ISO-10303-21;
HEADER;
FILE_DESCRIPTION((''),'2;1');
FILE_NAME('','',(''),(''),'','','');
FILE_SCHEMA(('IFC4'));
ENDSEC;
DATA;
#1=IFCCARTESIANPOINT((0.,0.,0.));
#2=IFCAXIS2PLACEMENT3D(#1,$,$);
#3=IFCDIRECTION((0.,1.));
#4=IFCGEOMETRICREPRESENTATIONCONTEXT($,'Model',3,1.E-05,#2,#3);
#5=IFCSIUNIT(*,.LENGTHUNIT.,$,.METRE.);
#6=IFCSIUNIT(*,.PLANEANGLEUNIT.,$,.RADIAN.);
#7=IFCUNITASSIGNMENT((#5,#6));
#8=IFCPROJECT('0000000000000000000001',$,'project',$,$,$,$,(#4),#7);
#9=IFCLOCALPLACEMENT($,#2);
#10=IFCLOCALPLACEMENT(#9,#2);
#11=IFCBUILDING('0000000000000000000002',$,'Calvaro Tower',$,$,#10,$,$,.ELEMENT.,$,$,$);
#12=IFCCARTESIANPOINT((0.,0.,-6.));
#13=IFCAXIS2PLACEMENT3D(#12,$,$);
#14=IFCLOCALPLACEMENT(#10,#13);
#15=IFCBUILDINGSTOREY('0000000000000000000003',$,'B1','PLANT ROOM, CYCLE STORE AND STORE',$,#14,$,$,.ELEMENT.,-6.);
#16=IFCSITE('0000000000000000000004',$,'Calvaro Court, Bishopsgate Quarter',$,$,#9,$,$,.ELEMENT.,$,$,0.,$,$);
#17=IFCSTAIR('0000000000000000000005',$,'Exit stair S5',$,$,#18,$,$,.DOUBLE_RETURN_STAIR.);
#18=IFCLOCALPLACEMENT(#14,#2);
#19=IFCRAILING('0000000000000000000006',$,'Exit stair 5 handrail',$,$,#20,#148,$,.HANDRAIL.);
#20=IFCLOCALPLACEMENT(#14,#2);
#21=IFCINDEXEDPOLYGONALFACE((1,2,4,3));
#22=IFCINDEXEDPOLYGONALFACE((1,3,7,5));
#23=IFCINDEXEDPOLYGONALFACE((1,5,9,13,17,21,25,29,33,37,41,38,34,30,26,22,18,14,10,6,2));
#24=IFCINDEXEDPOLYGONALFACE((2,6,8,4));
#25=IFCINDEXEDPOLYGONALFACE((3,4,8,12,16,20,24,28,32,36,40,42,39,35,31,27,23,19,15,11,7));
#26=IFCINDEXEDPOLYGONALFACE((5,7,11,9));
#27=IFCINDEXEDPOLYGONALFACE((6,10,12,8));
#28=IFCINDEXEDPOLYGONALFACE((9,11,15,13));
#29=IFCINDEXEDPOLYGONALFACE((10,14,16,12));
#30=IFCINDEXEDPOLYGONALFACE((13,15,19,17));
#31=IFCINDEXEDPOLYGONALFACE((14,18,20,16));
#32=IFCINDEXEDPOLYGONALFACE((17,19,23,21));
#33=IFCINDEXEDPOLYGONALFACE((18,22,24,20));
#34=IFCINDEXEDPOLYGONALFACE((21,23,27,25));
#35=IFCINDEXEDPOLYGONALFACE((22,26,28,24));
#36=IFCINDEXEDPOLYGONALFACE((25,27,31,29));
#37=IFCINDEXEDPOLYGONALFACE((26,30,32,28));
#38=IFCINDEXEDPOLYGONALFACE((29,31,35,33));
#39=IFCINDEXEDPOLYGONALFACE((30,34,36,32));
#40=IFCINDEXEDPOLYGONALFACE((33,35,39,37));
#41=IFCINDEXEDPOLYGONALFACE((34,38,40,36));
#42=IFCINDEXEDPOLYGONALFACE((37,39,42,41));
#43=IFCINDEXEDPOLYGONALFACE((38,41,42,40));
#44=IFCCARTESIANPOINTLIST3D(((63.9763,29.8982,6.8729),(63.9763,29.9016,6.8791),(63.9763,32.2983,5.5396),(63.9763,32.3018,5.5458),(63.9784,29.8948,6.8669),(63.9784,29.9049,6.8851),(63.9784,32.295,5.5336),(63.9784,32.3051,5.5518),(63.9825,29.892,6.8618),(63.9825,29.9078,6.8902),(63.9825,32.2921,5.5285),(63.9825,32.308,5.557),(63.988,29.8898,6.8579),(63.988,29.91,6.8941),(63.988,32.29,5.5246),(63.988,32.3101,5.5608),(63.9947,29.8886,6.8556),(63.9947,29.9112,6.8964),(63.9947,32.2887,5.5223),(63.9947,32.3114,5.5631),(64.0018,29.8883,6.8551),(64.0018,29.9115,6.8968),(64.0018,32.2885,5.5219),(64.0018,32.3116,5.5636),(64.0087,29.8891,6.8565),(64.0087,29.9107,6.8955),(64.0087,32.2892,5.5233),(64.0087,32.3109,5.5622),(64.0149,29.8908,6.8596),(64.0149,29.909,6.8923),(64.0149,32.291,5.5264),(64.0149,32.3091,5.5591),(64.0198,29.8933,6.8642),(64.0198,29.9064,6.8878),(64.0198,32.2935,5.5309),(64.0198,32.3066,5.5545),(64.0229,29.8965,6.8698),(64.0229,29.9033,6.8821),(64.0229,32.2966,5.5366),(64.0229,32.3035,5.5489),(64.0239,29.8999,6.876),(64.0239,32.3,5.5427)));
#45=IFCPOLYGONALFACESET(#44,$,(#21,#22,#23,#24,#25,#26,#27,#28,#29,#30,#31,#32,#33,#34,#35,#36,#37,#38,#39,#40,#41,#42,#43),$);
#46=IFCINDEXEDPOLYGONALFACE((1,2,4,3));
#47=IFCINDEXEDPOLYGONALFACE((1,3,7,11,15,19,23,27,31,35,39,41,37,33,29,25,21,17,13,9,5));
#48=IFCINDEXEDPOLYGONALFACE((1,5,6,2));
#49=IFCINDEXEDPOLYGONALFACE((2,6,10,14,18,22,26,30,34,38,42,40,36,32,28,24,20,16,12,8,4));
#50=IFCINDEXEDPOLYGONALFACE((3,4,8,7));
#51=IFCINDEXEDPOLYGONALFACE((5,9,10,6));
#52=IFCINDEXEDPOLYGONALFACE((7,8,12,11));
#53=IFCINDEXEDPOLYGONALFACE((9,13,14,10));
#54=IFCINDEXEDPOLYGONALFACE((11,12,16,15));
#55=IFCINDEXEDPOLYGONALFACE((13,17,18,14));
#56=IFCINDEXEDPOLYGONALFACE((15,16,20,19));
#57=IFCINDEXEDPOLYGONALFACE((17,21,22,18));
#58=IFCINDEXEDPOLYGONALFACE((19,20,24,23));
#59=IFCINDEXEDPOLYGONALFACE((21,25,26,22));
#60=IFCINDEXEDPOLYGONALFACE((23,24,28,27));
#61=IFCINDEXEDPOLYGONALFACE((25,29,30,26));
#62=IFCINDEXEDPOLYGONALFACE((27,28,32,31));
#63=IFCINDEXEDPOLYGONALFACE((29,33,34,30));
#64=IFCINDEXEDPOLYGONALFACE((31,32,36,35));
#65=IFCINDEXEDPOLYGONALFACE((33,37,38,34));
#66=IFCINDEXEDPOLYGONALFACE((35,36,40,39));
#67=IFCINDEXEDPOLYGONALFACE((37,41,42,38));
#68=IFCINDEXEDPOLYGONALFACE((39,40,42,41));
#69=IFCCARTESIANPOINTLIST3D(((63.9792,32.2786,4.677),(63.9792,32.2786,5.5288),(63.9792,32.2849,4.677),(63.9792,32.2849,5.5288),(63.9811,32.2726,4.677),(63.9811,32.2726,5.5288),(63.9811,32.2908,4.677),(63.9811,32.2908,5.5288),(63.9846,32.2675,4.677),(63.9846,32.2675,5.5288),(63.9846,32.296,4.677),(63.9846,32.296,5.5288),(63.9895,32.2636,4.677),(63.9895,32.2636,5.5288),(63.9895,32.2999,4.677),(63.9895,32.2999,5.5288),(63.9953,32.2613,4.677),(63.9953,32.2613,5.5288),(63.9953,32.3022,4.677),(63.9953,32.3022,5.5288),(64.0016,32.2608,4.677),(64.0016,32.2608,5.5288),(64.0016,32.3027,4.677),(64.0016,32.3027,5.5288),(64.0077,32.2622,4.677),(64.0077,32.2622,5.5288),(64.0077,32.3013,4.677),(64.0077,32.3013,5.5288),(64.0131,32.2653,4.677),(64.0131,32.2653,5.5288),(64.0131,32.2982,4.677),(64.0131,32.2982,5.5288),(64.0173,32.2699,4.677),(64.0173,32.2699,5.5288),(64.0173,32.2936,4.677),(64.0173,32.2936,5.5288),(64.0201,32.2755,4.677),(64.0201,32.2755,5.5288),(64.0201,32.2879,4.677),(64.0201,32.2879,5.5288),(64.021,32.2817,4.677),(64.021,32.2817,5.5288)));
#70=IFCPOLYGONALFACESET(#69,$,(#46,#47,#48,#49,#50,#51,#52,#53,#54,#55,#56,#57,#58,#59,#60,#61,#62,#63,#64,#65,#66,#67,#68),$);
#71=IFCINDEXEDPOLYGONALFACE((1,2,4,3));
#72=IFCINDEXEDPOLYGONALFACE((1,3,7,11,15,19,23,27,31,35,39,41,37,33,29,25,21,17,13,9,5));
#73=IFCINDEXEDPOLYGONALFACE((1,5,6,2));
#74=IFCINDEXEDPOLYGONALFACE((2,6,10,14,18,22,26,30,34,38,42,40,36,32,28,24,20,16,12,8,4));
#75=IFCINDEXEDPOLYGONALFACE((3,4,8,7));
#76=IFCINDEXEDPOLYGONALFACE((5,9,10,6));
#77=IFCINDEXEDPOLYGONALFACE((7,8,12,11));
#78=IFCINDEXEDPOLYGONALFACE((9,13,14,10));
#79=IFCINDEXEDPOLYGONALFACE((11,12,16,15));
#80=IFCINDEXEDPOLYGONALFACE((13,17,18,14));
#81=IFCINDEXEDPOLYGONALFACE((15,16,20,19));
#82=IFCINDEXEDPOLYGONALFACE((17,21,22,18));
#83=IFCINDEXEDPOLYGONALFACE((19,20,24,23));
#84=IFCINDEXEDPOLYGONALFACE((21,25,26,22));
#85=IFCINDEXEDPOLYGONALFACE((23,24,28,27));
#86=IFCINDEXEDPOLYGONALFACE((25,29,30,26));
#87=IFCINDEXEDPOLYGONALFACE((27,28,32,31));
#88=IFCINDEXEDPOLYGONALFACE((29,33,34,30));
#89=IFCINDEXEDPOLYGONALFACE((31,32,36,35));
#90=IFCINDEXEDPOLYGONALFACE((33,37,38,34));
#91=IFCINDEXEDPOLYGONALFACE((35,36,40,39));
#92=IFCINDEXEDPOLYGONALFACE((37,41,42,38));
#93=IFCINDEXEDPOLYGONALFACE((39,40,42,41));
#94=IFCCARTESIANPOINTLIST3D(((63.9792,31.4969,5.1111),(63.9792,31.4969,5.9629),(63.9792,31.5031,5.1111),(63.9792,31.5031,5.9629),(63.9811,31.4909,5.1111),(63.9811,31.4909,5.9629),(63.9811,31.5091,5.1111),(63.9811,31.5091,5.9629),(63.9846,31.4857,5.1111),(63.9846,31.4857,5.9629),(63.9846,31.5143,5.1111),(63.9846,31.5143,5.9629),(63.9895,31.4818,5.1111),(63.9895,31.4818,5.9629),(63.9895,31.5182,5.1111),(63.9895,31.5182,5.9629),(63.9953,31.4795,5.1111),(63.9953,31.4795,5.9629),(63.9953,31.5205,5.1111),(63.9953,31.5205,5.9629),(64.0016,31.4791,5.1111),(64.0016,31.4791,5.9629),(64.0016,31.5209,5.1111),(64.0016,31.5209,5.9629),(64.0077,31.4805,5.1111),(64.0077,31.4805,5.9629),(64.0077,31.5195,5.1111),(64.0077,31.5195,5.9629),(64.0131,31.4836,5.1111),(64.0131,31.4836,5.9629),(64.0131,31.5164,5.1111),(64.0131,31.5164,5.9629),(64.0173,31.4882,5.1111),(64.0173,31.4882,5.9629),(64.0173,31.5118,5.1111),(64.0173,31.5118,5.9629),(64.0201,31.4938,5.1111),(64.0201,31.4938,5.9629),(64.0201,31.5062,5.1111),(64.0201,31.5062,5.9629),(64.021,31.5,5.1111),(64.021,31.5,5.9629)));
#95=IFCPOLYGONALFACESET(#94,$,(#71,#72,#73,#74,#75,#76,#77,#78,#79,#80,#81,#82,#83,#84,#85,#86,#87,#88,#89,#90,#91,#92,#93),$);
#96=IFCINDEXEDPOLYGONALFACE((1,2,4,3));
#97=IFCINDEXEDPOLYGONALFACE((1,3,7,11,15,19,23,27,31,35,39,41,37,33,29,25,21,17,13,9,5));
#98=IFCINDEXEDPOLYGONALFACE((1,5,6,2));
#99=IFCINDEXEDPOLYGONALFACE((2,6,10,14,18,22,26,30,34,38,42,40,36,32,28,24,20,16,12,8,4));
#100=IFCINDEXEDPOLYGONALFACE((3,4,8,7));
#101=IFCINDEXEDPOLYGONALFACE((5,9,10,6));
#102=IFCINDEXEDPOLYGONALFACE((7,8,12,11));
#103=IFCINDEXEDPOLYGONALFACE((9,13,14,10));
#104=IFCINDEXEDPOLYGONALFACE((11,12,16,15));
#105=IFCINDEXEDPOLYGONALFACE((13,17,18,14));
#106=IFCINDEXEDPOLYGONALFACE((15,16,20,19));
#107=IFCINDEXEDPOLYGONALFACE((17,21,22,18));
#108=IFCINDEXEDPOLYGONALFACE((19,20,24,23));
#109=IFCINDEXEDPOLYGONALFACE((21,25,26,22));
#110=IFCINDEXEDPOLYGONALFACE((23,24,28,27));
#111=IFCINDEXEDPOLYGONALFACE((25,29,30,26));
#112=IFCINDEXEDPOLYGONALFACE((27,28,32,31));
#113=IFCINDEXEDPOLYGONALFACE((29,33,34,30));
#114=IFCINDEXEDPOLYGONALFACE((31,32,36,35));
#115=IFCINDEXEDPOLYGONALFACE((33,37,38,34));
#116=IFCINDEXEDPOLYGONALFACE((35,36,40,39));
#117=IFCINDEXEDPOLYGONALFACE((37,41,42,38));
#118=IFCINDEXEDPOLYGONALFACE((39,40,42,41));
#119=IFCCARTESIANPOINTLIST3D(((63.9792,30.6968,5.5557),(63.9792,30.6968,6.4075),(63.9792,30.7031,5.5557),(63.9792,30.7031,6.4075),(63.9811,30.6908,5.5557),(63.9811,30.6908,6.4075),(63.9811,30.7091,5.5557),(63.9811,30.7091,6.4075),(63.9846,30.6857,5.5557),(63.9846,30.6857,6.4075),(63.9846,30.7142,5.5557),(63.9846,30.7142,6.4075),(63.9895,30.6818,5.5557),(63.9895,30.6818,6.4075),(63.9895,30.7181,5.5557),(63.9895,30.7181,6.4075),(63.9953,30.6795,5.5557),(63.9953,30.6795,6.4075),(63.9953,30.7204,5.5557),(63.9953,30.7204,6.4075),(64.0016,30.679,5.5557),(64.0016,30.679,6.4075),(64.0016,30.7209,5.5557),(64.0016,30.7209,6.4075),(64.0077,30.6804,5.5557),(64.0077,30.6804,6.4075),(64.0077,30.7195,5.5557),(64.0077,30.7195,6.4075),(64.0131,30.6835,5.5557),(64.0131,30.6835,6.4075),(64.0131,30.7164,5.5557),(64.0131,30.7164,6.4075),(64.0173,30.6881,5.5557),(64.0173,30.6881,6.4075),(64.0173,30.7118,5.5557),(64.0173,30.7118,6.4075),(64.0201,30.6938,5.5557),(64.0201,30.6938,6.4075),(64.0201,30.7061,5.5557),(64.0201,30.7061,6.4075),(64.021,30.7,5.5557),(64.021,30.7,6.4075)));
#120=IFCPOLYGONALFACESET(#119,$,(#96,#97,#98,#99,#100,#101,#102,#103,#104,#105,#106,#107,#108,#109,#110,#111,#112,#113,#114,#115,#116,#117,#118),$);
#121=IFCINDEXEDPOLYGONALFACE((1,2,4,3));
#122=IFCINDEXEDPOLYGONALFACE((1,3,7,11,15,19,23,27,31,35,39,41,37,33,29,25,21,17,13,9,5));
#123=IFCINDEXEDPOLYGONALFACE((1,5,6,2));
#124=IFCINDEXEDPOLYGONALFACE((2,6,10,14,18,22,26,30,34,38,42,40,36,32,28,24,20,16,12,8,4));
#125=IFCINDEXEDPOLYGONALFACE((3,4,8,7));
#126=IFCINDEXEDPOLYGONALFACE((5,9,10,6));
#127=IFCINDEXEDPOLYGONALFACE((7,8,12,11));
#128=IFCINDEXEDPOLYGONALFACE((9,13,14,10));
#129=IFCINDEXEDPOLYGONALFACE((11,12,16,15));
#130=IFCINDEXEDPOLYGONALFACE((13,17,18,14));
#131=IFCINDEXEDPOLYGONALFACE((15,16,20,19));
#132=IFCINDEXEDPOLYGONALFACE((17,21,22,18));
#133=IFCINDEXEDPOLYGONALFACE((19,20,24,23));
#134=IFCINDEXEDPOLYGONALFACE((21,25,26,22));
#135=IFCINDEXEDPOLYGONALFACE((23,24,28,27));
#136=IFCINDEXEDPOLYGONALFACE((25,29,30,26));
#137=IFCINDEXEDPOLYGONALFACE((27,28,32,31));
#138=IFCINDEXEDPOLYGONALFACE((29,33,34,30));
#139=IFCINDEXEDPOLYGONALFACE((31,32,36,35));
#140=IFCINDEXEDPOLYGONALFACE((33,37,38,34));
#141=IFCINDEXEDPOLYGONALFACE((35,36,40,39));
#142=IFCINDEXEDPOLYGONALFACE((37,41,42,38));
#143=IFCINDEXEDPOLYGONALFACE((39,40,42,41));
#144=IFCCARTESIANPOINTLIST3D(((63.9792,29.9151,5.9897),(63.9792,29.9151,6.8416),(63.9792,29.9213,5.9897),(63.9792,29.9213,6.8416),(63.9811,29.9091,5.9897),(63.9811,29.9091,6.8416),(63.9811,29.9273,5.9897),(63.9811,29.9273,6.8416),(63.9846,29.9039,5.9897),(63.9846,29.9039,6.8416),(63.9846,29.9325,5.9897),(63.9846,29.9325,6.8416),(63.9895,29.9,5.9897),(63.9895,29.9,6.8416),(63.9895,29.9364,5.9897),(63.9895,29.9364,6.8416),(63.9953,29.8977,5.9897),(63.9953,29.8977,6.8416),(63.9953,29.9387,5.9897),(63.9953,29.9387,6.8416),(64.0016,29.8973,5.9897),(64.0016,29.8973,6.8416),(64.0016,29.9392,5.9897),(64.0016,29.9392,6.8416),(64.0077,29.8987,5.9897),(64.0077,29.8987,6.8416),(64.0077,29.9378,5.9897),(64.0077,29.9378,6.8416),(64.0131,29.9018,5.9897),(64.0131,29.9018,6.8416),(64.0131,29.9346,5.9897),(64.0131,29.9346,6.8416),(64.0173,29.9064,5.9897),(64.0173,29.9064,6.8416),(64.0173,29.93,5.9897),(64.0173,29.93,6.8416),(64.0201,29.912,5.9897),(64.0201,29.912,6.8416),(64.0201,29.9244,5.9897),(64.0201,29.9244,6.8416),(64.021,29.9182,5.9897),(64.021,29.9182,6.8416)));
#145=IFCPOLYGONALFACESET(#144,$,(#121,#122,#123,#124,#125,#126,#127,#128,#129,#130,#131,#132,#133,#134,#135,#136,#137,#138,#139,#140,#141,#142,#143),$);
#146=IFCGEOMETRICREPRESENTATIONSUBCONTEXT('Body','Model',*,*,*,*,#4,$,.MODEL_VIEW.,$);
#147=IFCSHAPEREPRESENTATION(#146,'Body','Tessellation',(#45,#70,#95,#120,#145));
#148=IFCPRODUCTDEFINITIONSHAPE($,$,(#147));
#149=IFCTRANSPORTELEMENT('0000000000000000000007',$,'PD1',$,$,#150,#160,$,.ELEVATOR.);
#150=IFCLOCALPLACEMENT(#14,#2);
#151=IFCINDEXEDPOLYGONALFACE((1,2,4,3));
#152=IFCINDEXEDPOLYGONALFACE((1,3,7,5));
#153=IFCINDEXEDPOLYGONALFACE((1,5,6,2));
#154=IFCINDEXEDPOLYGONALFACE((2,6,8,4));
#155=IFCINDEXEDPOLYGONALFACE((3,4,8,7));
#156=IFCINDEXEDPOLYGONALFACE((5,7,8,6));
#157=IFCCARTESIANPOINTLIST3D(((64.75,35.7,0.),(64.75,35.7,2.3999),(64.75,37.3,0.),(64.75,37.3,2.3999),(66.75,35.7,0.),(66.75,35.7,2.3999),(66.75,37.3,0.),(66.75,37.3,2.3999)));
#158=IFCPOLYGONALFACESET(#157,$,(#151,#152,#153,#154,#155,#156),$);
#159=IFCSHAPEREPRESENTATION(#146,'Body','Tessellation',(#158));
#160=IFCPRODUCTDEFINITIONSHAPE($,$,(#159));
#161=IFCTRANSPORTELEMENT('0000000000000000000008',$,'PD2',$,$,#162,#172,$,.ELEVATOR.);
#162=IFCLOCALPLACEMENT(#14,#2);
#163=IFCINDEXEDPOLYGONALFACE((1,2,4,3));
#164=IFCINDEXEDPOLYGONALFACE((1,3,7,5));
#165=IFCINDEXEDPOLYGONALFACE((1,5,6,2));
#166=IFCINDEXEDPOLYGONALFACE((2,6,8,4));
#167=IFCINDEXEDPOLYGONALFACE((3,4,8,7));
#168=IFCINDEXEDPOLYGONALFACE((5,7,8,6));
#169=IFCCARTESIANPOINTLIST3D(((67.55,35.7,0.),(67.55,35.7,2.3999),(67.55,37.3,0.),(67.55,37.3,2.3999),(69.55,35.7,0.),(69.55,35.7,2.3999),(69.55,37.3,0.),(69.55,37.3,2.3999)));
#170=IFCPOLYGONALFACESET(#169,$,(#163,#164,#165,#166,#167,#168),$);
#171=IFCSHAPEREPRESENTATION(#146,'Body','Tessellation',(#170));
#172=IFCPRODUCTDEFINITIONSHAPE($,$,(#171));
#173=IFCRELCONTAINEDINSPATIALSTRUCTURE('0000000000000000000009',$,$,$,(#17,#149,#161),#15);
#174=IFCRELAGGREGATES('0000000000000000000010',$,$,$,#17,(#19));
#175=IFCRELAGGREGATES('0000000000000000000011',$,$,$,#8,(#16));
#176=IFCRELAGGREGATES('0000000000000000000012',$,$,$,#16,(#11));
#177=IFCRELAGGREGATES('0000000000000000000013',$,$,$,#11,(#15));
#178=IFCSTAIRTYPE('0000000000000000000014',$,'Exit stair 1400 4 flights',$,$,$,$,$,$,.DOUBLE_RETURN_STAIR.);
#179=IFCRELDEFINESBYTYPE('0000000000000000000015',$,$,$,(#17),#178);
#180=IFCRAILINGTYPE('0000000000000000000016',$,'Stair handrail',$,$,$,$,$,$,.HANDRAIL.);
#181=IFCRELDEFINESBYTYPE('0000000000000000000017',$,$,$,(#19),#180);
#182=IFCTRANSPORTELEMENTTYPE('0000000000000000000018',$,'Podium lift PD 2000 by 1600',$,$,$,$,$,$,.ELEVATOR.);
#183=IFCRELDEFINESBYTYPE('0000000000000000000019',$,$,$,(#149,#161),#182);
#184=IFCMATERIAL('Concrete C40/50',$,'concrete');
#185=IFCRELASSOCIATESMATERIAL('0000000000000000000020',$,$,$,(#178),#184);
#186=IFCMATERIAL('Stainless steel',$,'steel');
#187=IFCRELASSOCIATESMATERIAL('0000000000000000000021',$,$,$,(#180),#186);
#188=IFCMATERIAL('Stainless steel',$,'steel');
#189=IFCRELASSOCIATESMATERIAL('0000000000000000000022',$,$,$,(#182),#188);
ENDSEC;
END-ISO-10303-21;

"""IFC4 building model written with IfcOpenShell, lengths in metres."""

from ifc_helpers import new_model, si_unit, direction, frame, origin, origin_2d, place, context, subcontext, project, spatial, rectangle, circle, extrude, material, type_object, element, aggregate, save


model = new_model("IFC4")

# Units and contexts
model_context = context("Model", 3, precision=1e-05, world=origin(), true_north=direction((0.0, 1.0)))
body_context = subcontext(model_context, "Body", "Model", "MODEL_VIEW")
ifc_project = project(units=[si_unit("LENGTHUNIT", "METRE"), si_unit("PLANEANGLEUNIT", "RADIAN")], contexts=[model_context])

# Site, building, storey
site_placement = place(None, origin())
site = spatial("IfcSite", under=ifc_project, at=site_placement, Name="Calvaro Court, Bishopsgate Quarter", CompositionType="ELEMENT", RefElevation=0.0)
building_placement = place(site_placement, origin())
building = spatial("IfcBuilding", under=site, at=building_placement, Name="Calvaro Tower", CompositionType="ELEMENT")
storey_placement = place(building_placement, frame((0.0, 0.0, -6.0)))
storey = spatial("IfcBuildingStorey", under=building, at=storey_placement, Name="B1", Description="PLANT ROOM, CYCLE STORE AND STORE", CompositionType="ELEMENT", Elevation=-6.0)

# Stair
ifc_material_1 = material(Name="Concrete C40/50", Category="concrete")
stair_type = type_object("IfcStairType", Name="Exit stair 1400 4 flights", PredefinedType="DOUBLE_RETURN_STAIR", material=ifc_material_1)
stair_1_placement = place(storey_placement, origin())
stair_1 = element("IfcStair", 1, at=stair_1_placement, inside=storey, type_object=stair_type, Name="Exit stair S5", PredefinedType="DOUBLE_RETURN_STAIR")

# Shared definitions
ifc_material_2 = material(Name="Stainless steel", Category="steel")
railing_type = type_object("IfcRailingType", Name="Stair handrail", PredefinedType="HANDRAIL", material=ifc_material_2)

# Railing
railing_1_placement = place(storey_placement, frame((64.0, 32.3, 4.6667)))
railing_1 = element("IfcRailing", 2, at=railing_1_placement, type_object=railing_type, Name="Exit stair 5 handrail", PredefinedType="HANDRAIL", context=body_context, shape_type="SweptSolid", body=[
    extrude(circle(Radius=0.0239, at=origin_2d()), frame((0.0, 0.0, 0.876), z_axis=(0.0, -0.874182, 0.485598), x_axis=(1.0, 0.0, 0.0)), (0.0, 0.0, 1.0), 2.7456),
    extrude(circle(Radius=0.021, at=origin_2d()), frame((0.0, -0.0183, 0.0103)), (0.0, 0.0, 1.0), 0.8518),
    extrude(circle(Radius=0.021, at=origin_2d()), frame((0.0, -0.8, 0.4443)), (0.0, 0.0, 1.0), 0.8518),
    extrude(circle(Radius=0.021, at=origin_2d()), frame((0.0, -1.6001, 0.8889)), (0.0, 0.0, 1.0), 0.8518),
    extrude(circle(Radius=0.021, at=origin_2d()), frame((0.0, -2.3818, 1.323)), (0.0, 0.0, 1.0), 0.8518),
])
aggregate(stair_1, [railing_1])

# Transport elements
ifc_material_3 = material(Name="Stainless steel", Category="steel")
transport_element_type = type_object("IfcTransportElementType", Name="Podium lift PD 2000 by 1600", PredefinedType="ELEVATOR", material=ifc_material_3)
for number, where, z_axis, x_axis, name in (
    (3, (65.75, 36.5, 0.0), (0.0, 0.0, 1.0), (1.0, 0.0, 0.0), "PD1"),
    (4, (68.55, 36.5, 0.0), (0.0, 0.0, 1.0), (1.0, 0.0, 0.0), "PD2"),
):
    element("IfcTransportElement", number, at=place(storey_placement, frame(where, z_axis=z_axis, x_axis=x_axis)), inside=storey, type_object=transport_element_type, Name=name, PredefinedType="ELEVATOR", context=body_context, shape_type="SweptSolid", body=[
        extrude(rectangle(XDim=2.0, YDim=1.6001, at=origin_2d()), origin(), (0.0, 0.0, 1.0), 2.3999),
    ])

save(model, "model.ifc")
